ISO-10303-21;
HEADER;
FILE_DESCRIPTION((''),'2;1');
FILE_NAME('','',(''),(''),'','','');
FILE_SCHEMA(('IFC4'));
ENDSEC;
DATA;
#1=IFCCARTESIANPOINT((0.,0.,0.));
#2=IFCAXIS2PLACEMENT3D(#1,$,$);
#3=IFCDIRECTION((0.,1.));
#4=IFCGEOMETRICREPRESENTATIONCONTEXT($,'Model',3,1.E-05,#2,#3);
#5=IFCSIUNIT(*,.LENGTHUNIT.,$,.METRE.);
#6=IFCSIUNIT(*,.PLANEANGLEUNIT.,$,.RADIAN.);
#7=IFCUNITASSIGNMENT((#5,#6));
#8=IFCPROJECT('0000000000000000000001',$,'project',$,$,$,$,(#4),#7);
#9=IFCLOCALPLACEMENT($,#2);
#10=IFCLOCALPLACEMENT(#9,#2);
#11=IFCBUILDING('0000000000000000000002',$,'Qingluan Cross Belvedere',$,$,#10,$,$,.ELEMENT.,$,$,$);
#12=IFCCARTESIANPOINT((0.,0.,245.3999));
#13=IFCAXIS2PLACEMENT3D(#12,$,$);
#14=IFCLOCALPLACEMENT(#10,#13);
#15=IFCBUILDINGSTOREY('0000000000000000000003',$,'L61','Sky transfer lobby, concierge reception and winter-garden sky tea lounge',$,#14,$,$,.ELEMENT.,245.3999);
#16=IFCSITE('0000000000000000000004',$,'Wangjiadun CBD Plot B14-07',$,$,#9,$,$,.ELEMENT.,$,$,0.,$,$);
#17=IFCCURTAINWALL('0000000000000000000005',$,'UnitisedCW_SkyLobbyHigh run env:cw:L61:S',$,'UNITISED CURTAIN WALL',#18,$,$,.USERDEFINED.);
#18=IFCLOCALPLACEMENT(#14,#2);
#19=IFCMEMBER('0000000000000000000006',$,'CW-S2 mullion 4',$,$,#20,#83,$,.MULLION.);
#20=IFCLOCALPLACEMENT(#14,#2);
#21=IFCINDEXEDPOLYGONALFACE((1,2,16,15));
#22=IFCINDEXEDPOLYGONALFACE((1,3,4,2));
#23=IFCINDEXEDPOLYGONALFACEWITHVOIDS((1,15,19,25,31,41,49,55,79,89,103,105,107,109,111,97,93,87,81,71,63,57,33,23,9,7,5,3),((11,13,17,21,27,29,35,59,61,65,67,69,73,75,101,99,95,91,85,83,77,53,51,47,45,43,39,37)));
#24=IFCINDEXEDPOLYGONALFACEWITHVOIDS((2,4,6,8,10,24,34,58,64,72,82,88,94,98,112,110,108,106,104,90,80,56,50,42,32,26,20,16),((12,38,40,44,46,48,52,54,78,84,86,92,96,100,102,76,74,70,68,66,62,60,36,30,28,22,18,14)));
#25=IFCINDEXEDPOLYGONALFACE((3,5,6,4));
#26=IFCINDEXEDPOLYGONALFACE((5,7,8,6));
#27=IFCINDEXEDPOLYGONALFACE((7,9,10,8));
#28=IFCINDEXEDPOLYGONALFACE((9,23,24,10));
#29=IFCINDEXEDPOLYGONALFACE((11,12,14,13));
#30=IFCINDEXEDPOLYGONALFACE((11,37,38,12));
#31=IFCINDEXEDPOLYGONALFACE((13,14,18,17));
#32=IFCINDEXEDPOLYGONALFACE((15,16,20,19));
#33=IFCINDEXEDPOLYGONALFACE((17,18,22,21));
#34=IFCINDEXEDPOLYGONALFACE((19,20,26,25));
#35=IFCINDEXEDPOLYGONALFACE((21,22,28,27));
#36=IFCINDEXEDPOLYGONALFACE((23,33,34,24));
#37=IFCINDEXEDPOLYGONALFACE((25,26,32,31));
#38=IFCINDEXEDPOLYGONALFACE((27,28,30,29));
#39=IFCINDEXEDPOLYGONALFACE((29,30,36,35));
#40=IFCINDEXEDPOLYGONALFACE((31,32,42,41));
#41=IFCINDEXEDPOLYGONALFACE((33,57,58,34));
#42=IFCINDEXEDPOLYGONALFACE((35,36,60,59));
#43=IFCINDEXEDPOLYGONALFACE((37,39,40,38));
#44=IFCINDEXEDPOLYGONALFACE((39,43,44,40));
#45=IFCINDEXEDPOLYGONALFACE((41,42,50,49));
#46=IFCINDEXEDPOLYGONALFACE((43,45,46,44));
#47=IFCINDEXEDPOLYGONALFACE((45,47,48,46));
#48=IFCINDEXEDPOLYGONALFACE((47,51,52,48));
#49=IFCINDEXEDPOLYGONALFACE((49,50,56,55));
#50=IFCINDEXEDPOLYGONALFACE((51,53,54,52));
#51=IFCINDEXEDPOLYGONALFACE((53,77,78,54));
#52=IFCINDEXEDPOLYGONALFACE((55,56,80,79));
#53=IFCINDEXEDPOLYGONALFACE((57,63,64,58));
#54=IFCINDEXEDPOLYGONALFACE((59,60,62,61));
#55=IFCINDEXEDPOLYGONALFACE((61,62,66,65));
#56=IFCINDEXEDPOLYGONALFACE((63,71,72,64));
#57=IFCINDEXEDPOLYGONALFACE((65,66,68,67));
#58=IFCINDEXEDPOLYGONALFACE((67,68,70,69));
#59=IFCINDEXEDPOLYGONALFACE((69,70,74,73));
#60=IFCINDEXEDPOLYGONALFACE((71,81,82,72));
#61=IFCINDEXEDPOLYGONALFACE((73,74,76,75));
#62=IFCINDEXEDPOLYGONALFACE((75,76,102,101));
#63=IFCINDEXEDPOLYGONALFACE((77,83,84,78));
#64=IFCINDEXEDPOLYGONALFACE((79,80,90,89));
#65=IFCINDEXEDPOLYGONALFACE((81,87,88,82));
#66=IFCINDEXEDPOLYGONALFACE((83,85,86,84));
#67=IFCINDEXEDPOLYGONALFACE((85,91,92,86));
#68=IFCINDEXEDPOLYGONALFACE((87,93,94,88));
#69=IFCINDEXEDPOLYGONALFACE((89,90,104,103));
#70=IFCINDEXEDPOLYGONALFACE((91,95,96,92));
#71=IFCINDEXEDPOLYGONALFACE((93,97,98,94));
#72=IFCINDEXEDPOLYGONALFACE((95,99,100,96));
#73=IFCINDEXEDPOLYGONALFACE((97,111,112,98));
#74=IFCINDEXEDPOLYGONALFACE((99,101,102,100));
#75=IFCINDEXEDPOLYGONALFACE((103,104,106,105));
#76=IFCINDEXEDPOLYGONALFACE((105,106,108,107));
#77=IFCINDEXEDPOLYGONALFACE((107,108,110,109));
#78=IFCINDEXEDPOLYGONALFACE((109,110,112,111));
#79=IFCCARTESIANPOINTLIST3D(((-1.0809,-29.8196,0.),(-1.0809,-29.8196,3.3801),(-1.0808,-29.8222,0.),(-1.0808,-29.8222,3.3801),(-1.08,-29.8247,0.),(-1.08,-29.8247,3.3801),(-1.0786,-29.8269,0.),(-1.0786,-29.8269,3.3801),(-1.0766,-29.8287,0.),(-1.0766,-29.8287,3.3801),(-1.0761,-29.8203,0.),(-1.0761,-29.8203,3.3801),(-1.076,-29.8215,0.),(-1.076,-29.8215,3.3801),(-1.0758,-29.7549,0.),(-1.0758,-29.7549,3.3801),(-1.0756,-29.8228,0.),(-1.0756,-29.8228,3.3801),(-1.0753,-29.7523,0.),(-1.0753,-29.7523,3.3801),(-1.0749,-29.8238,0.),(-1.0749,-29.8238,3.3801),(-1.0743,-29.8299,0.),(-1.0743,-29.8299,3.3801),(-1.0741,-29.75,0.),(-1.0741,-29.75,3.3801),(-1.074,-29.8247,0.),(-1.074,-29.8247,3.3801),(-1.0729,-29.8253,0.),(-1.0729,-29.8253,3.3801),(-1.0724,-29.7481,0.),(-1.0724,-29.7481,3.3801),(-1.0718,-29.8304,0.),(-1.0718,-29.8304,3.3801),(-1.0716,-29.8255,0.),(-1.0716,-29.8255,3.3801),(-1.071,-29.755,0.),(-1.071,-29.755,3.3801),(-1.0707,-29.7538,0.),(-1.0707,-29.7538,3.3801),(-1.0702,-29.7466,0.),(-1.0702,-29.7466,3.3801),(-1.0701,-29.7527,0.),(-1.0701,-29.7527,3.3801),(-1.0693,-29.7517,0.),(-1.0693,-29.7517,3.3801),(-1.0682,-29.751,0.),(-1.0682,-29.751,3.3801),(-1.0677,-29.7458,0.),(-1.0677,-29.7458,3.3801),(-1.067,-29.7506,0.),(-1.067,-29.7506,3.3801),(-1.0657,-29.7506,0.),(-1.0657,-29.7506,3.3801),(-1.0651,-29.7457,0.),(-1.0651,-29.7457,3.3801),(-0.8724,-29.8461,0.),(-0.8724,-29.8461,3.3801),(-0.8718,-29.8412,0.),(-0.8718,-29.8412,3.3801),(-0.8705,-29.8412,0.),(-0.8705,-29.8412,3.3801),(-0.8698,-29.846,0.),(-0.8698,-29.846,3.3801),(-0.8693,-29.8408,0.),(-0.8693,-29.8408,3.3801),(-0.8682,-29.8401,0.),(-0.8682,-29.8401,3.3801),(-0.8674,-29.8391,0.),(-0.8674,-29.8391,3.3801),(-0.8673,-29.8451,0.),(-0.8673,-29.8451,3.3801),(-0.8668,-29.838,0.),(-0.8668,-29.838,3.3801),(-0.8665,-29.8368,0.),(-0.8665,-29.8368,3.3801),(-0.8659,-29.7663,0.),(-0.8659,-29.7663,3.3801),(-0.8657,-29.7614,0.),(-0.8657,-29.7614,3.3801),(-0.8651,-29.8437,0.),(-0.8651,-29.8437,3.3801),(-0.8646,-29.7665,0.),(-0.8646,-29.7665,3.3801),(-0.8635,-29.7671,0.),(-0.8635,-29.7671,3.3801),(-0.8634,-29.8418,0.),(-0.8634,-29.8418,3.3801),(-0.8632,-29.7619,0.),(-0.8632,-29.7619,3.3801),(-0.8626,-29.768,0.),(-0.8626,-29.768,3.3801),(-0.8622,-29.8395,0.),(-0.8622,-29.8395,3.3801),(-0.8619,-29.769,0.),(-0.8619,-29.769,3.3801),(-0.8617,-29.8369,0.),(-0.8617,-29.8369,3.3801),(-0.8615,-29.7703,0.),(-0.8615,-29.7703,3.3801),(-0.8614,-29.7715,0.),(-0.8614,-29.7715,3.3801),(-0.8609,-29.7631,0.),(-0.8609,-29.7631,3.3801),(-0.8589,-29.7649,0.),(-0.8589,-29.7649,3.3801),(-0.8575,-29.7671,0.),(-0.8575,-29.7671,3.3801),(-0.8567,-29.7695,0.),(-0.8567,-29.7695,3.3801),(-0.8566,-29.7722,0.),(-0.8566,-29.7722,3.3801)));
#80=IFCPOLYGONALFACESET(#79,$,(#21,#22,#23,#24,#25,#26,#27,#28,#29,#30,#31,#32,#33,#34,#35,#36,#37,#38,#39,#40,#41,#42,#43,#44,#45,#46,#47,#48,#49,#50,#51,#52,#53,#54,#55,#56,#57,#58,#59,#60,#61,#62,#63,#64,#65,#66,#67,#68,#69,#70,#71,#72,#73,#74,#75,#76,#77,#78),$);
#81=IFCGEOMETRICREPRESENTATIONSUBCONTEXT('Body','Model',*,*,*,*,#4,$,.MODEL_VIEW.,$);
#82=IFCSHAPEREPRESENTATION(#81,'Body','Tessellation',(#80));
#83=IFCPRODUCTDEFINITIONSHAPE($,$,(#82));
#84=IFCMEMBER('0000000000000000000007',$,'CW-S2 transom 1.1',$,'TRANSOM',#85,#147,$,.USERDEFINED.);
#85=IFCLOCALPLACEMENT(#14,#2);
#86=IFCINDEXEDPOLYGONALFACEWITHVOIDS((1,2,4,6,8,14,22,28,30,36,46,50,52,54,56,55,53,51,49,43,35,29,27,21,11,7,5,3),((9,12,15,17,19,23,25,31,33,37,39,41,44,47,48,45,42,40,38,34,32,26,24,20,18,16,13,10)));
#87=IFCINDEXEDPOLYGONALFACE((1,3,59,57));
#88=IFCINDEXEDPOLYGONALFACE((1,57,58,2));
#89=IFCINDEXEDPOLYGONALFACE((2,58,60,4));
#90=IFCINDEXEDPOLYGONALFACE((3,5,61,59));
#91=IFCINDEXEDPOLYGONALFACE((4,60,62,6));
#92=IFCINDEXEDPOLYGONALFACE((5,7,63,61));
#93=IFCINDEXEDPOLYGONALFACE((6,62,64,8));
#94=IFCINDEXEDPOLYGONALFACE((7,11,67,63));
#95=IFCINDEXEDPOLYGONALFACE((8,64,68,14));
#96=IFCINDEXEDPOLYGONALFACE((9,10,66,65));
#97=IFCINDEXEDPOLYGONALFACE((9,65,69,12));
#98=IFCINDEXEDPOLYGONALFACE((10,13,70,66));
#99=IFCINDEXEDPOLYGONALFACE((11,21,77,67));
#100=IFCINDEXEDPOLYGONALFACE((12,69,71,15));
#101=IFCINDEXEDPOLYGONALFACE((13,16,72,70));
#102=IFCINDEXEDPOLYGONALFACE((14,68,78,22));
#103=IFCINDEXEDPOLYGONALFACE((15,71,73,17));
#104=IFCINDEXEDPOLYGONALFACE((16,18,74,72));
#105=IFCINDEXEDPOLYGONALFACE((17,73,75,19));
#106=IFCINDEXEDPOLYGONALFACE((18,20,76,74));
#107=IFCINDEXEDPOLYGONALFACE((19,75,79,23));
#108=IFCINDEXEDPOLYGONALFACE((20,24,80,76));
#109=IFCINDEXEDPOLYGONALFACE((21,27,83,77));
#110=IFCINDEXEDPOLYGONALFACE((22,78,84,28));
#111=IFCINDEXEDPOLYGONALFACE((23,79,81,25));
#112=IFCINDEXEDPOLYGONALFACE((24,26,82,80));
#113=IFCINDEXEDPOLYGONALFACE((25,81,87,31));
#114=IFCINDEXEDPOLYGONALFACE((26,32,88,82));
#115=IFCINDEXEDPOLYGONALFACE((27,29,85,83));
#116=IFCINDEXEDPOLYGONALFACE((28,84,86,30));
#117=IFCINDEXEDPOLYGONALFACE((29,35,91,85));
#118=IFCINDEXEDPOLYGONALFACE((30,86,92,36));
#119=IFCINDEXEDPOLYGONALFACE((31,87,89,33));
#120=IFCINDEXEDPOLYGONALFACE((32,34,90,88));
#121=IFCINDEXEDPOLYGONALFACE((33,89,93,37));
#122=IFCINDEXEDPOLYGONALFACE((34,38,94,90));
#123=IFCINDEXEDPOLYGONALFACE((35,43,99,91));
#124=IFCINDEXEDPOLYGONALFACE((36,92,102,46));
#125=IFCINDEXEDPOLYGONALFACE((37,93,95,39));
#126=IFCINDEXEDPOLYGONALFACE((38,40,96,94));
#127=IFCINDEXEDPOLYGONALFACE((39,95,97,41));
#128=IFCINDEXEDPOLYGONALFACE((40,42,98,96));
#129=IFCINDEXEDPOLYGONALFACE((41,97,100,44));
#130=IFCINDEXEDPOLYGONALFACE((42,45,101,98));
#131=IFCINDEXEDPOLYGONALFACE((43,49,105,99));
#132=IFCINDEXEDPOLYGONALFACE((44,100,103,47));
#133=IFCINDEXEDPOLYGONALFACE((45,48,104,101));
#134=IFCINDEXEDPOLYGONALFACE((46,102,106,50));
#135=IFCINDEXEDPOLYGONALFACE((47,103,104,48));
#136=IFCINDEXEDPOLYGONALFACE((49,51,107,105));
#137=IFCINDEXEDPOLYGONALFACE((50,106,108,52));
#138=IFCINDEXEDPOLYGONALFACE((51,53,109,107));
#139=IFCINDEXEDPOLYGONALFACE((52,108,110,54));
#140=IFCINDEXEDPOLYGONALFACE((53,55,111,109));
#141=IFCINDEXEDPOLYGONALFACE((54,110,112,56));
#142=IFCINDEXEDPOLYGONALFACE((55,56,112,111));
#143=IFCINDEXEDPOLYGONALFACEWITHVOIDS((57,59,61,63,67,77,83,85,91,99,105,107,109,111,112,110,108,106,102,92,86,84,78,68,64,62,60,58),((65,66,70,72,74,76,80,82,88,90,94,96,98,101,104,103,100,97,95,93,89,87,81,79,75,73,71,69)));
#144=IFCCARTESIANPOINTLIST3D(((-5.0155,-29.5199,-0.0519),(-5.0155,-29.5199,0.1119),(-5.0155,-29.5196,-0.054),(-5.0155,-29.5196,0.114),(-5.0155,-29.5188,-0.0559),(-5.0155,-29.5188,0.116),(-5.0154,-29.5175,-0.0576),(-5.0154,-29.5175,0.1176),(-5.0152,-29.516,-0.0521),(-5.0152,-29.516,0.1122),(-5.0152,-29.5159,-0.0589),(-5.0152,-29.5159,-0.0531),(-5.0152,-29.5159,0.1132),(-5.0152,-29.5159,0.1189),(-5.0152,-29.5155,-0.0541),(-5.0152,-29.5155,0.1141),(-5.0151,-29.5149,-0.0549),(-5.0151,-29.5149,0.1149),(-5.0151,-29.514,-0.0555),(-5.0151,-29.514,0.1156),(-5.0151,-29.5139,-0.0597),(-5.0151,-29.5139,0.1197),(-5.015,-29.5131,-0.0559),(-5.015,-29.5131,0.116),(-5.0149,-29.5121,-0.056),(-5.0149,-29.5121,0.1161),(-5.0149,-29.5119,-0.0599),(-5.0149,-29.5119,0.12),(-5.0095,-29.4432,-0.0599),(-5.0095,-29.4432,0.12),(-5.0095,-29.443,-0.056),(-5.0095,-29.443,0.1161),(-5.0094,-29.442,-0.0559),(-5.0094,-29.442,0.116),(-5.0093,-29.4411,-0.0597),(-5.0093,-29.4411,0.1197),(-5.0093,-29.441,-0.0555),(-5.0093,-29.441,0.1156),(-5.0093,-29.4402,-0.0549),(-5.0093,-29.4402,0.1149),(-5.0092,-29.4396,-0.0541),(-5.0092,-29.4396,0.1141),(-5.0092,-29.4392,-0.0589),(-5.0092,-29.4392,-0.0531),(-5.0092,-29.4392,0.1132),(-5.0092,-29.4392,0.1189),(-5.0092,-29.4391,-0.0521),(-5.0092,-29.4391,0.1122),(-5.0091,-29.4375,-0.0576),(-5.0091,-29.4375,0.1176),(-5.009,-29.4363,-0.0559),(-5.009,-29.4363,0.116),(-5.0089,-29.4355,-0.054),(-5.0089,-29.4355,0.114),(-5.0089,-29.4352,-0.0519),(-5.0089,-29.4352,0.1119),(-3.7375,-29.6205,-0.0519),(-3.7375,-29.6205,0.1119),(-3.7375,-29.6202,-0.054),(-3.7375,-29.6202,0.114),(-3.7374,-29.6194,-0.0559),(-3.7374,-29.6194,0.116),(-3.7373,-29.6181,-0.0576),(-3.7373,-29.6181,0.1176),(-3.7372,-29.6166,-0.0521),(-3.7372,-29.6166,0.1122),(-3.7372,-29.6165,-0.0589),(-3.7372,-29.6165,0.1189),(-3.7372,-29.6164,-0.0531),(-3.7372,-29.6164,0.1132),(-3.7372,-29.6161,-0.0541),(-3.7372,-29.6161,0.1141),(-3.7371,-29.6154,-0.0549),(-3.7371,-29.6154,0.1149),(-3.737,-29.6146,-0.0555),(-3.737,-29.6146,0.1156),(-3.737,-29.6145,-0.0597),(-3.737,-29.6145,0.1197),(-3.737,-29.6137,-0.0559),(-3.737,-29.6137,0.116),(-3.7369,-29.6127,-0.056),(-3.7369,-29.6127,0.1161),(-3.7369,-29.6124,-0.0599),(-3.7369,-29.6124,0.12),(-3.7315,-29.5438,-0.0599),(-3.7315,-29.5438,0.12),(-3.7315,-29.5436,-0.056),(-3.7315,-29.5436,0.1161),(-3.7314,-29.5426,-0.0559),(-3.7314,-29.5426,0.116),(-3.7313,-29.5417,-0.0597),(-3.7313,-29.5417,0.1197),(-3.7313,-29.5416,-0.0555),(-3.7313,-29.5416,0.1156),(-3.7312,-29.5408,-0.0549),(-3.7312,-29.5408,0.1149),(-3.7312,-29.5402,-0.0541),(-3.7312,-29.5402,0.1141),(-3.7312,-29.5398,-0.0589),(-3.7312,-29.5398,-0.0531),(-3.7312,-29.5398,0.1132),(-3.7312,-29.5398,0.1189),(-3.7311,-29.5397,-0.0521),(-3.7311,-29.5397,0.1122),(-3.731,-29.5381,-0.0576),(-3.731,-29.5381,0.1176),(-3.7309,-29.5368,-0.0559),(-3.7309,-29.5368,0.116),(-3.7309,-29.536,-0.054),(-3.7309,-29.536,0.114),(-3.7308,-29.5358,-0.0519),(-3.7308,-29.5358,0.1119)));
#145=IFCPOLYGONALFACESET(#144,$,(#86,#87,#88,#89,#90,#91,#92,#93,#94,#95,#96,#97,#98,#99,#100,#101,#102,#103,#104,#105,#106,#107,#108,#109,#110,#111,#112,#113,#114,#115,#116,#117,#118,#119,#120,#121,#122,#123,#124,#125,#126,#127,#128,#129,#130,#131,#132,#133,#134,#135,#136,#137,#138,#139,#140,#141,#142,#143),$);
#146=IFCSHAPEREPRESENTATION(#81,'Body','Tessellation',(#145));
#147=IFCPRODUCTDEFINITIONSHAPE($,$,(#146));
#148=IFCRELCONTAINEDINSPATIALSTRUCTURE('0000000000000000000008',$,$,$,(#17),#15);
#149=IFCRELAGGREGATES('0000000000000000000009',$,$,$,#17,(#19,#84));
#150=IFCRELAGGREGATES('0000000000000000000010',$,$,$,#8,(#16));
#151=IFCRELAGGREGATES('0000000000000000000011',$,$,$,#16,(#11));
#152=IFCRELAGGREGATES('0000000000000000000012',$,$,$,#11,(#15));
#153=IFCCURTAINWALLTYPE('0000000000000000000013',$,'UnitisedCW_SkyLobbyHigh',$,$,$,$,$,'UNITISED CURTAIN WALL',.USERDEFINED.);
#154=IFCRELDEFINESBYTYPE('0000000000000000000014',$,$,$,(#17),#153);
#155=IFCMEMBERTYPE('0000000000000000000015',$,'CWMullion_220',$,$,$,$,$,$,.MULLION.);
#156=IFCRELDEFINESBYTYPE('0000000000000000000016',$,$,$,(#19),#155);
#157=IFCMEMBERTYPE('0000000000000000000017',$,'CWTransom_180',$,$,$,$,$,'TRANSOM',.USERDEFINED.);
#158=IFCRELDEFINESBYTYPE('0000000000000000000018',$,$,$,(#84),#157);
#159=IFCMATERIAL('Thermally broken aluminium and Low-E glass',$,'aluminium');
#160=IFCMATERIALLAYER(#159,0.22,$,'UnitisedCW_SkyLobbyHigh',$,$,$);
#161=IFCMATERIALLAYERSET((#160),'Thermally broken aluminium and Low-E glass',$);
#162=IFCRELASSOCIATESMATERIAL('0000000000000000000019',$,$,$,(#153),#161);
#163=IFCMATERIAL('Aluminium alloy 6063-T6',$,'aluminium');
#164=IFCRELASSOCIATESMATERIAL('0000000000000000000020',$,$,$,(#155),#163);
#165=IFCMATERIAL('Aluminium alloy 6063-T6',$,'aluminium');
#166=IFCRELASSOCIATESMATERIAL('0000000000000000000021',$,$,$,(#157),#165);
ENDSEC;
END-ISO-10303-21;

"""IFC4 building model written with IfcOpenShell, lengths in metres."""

from ifc_helpers import new_model, si_unit, direction, frame, origin, origin_2d, place, context, subcontext, project, spatial, hollow_rectangle, extrude, material, layer, layer_set, material_profile, profile_set, type_object, element, aggregate, save


model = new_model("IFC4")

# Units and contexts
model_context = context("Model", 3, precision=1e-05, world=origin(), true_north=direction((0.0, 1.0)))
body_context = subcontext(model_context, "Body", "Model", "MODEL_VIEW")
ifc_project = project(units=[si_unit("LENGTHUNIT", "METRE"), si_unit("PLANEANGLEUNIT", "RADIAN")], contexts=[model_context])

# Site, building, storey
site_placement = place(None, origin())
site = spatial("IfcSite", under=ifc_project, at=site_placement, Name="Wangjiadun CBD Plot B14-07", CompositionType="ELEMENT", RefElevation=0.0)
building_placement = place(site_placement, origin())
building = spatial("IfcBuilding", under=site, at=building_placement, Name="Qingluan Cross Belvedere", CompositionType="ELEMENT")
storey_placement = place(building_placement, frame((0.0, 0.0, 245.3999)))
storey = spatial("IfcBuildingStorey", under=building, at=storey_placement, Name="L61", Description="Sky transfer lobby, concierge reception and winter-garden sky tea lounge", CompositionType="ELEMENT", Elevation=245.3999)

# Curtain wall, members
ifc_material_1 = material(Name="Thermally broken aluminium and Low-E glass", Category="aluminium")
ifc_layer_1 = layer(ifc_material_1, 0.22, Name="UnitisedCW_SkyLobbyHigh")
ifc_layer_set_1 = layer_set([ifc_layer_1], Name="Thermally broken aluminium and Low-E glass")
curtain_wall_type = type_object("IfcCurtainWallType", Name="UnitisedCW_SkyLobbyHigh", ElementType="UNITISED CURTAIN WALL", PredefinedType="USERDEFINED", material=ifc_layer_set_1)
curtain_wall_placement = place(storey_placement, origin())
curtain_wall = element("IfcCurtainWall", 1, at=curtain_wall_placement, inside=storey, type_object=curtain_wall_type, Name="UnitisedCW_SkyLobbyHigh run env:cw:L61:S", ObjectType="UNITISED CURTAIN WALL", PredefinedType="USERDEFINED")
ifc_material_2 = material(Name="Aluminium alloy 6063-T6", Category="aluminium")
ifc_material_profile_1 = material_profile(ifc_material_2, hollow_rectangle(XDim=0.085, YDim=0.22, WallThickness=0.0049, InnerFilletRadius=0.0049, OuterFilletRadius=0.01, at=origin_2d()), Name="CWM220x85x5")
ifc_profile_set_1 = profile_set([ifc_material_profile_1], Name="Aluminium alloy 6063-T6")
member_type_1 = type_object("IfcMemberType", Name="CWMullion_220", PredefinedType="MULLION", material=ifc_profile_set_1)
member_1_placement = place(storey_placement, frame((-0.9688, -29.7959, 0.0), z_axis=(0.0, 0.0, 1.0), x_axis=(0.078462, 0.996917, 0.0)))
member_1 = element("IfcMember", 2, at=member_1_placement, type_object=member_type_1, Name="CW-S2 mullion 4", PredefinedType="MULLION", context=body_context, shape_type="SweptSolid", body=[
    extrude(hollow_rectangle(XDim=0.085, YDim=0.22, WallThickness=0.0049, InnerFilletRadius=0.0049, OuterFilletRadius=0.01, at=origin_2d()), origin(), (0.0, 0.0, 1.0), 3.3801),
])
ifc_material_3 = material(Name="Aluminium alloy 6063-T6", Category="aluminium")
ifc_material_profile_2 = material_profile(ifc_material_3, hollow_rectangle(XDim=0.085, YDim=0.1799, WallThickness=0.0039, InnerFilletRadius=0.0039, OuterFilletRadius=0.0081, at=origin_2d()), Name="CWT180x85x4")
ifc_profile_set_2 = profile_set([ifc_material_profile_2], Name="Aluminium alloy 6063-T6")
member_type_2 = type_object("IfcMemberType", Name="CWTransom_180", ElementType="TRANSOM", PredefinedType="USERDEFINED", material=ifc_profile_set_2)
member_2_placement = place(storey_placement, frame((-5.0122, -29.4775, 0.03), z_axis=(0.996917, -0.078458, 0.0), x_axis=(0.078458, 0.996917, 0.0)))
member_2 = element("IfcMember", 3, at=member_2_placement, type_object=member_type_2, Name="CW-S2 transom 1.1", ObjectType="TRANSOM", PredefinedType="USERDEFINED", context=body_context, shape_type="SweptSolid", body=[
    extrude(hollow_rectangle(XDim=0.085, YDim=0.1799, WallThickness=0.0039, InnerFilletRadius=0.0039, OuterFilletRadius=0.0081, at=origin_2d()), origin(), (0.0, 0.0, 1.0), 1.282),
])
aggregate(curtain_wall, [member_1, member_2])

save(model, "model.ifc")
